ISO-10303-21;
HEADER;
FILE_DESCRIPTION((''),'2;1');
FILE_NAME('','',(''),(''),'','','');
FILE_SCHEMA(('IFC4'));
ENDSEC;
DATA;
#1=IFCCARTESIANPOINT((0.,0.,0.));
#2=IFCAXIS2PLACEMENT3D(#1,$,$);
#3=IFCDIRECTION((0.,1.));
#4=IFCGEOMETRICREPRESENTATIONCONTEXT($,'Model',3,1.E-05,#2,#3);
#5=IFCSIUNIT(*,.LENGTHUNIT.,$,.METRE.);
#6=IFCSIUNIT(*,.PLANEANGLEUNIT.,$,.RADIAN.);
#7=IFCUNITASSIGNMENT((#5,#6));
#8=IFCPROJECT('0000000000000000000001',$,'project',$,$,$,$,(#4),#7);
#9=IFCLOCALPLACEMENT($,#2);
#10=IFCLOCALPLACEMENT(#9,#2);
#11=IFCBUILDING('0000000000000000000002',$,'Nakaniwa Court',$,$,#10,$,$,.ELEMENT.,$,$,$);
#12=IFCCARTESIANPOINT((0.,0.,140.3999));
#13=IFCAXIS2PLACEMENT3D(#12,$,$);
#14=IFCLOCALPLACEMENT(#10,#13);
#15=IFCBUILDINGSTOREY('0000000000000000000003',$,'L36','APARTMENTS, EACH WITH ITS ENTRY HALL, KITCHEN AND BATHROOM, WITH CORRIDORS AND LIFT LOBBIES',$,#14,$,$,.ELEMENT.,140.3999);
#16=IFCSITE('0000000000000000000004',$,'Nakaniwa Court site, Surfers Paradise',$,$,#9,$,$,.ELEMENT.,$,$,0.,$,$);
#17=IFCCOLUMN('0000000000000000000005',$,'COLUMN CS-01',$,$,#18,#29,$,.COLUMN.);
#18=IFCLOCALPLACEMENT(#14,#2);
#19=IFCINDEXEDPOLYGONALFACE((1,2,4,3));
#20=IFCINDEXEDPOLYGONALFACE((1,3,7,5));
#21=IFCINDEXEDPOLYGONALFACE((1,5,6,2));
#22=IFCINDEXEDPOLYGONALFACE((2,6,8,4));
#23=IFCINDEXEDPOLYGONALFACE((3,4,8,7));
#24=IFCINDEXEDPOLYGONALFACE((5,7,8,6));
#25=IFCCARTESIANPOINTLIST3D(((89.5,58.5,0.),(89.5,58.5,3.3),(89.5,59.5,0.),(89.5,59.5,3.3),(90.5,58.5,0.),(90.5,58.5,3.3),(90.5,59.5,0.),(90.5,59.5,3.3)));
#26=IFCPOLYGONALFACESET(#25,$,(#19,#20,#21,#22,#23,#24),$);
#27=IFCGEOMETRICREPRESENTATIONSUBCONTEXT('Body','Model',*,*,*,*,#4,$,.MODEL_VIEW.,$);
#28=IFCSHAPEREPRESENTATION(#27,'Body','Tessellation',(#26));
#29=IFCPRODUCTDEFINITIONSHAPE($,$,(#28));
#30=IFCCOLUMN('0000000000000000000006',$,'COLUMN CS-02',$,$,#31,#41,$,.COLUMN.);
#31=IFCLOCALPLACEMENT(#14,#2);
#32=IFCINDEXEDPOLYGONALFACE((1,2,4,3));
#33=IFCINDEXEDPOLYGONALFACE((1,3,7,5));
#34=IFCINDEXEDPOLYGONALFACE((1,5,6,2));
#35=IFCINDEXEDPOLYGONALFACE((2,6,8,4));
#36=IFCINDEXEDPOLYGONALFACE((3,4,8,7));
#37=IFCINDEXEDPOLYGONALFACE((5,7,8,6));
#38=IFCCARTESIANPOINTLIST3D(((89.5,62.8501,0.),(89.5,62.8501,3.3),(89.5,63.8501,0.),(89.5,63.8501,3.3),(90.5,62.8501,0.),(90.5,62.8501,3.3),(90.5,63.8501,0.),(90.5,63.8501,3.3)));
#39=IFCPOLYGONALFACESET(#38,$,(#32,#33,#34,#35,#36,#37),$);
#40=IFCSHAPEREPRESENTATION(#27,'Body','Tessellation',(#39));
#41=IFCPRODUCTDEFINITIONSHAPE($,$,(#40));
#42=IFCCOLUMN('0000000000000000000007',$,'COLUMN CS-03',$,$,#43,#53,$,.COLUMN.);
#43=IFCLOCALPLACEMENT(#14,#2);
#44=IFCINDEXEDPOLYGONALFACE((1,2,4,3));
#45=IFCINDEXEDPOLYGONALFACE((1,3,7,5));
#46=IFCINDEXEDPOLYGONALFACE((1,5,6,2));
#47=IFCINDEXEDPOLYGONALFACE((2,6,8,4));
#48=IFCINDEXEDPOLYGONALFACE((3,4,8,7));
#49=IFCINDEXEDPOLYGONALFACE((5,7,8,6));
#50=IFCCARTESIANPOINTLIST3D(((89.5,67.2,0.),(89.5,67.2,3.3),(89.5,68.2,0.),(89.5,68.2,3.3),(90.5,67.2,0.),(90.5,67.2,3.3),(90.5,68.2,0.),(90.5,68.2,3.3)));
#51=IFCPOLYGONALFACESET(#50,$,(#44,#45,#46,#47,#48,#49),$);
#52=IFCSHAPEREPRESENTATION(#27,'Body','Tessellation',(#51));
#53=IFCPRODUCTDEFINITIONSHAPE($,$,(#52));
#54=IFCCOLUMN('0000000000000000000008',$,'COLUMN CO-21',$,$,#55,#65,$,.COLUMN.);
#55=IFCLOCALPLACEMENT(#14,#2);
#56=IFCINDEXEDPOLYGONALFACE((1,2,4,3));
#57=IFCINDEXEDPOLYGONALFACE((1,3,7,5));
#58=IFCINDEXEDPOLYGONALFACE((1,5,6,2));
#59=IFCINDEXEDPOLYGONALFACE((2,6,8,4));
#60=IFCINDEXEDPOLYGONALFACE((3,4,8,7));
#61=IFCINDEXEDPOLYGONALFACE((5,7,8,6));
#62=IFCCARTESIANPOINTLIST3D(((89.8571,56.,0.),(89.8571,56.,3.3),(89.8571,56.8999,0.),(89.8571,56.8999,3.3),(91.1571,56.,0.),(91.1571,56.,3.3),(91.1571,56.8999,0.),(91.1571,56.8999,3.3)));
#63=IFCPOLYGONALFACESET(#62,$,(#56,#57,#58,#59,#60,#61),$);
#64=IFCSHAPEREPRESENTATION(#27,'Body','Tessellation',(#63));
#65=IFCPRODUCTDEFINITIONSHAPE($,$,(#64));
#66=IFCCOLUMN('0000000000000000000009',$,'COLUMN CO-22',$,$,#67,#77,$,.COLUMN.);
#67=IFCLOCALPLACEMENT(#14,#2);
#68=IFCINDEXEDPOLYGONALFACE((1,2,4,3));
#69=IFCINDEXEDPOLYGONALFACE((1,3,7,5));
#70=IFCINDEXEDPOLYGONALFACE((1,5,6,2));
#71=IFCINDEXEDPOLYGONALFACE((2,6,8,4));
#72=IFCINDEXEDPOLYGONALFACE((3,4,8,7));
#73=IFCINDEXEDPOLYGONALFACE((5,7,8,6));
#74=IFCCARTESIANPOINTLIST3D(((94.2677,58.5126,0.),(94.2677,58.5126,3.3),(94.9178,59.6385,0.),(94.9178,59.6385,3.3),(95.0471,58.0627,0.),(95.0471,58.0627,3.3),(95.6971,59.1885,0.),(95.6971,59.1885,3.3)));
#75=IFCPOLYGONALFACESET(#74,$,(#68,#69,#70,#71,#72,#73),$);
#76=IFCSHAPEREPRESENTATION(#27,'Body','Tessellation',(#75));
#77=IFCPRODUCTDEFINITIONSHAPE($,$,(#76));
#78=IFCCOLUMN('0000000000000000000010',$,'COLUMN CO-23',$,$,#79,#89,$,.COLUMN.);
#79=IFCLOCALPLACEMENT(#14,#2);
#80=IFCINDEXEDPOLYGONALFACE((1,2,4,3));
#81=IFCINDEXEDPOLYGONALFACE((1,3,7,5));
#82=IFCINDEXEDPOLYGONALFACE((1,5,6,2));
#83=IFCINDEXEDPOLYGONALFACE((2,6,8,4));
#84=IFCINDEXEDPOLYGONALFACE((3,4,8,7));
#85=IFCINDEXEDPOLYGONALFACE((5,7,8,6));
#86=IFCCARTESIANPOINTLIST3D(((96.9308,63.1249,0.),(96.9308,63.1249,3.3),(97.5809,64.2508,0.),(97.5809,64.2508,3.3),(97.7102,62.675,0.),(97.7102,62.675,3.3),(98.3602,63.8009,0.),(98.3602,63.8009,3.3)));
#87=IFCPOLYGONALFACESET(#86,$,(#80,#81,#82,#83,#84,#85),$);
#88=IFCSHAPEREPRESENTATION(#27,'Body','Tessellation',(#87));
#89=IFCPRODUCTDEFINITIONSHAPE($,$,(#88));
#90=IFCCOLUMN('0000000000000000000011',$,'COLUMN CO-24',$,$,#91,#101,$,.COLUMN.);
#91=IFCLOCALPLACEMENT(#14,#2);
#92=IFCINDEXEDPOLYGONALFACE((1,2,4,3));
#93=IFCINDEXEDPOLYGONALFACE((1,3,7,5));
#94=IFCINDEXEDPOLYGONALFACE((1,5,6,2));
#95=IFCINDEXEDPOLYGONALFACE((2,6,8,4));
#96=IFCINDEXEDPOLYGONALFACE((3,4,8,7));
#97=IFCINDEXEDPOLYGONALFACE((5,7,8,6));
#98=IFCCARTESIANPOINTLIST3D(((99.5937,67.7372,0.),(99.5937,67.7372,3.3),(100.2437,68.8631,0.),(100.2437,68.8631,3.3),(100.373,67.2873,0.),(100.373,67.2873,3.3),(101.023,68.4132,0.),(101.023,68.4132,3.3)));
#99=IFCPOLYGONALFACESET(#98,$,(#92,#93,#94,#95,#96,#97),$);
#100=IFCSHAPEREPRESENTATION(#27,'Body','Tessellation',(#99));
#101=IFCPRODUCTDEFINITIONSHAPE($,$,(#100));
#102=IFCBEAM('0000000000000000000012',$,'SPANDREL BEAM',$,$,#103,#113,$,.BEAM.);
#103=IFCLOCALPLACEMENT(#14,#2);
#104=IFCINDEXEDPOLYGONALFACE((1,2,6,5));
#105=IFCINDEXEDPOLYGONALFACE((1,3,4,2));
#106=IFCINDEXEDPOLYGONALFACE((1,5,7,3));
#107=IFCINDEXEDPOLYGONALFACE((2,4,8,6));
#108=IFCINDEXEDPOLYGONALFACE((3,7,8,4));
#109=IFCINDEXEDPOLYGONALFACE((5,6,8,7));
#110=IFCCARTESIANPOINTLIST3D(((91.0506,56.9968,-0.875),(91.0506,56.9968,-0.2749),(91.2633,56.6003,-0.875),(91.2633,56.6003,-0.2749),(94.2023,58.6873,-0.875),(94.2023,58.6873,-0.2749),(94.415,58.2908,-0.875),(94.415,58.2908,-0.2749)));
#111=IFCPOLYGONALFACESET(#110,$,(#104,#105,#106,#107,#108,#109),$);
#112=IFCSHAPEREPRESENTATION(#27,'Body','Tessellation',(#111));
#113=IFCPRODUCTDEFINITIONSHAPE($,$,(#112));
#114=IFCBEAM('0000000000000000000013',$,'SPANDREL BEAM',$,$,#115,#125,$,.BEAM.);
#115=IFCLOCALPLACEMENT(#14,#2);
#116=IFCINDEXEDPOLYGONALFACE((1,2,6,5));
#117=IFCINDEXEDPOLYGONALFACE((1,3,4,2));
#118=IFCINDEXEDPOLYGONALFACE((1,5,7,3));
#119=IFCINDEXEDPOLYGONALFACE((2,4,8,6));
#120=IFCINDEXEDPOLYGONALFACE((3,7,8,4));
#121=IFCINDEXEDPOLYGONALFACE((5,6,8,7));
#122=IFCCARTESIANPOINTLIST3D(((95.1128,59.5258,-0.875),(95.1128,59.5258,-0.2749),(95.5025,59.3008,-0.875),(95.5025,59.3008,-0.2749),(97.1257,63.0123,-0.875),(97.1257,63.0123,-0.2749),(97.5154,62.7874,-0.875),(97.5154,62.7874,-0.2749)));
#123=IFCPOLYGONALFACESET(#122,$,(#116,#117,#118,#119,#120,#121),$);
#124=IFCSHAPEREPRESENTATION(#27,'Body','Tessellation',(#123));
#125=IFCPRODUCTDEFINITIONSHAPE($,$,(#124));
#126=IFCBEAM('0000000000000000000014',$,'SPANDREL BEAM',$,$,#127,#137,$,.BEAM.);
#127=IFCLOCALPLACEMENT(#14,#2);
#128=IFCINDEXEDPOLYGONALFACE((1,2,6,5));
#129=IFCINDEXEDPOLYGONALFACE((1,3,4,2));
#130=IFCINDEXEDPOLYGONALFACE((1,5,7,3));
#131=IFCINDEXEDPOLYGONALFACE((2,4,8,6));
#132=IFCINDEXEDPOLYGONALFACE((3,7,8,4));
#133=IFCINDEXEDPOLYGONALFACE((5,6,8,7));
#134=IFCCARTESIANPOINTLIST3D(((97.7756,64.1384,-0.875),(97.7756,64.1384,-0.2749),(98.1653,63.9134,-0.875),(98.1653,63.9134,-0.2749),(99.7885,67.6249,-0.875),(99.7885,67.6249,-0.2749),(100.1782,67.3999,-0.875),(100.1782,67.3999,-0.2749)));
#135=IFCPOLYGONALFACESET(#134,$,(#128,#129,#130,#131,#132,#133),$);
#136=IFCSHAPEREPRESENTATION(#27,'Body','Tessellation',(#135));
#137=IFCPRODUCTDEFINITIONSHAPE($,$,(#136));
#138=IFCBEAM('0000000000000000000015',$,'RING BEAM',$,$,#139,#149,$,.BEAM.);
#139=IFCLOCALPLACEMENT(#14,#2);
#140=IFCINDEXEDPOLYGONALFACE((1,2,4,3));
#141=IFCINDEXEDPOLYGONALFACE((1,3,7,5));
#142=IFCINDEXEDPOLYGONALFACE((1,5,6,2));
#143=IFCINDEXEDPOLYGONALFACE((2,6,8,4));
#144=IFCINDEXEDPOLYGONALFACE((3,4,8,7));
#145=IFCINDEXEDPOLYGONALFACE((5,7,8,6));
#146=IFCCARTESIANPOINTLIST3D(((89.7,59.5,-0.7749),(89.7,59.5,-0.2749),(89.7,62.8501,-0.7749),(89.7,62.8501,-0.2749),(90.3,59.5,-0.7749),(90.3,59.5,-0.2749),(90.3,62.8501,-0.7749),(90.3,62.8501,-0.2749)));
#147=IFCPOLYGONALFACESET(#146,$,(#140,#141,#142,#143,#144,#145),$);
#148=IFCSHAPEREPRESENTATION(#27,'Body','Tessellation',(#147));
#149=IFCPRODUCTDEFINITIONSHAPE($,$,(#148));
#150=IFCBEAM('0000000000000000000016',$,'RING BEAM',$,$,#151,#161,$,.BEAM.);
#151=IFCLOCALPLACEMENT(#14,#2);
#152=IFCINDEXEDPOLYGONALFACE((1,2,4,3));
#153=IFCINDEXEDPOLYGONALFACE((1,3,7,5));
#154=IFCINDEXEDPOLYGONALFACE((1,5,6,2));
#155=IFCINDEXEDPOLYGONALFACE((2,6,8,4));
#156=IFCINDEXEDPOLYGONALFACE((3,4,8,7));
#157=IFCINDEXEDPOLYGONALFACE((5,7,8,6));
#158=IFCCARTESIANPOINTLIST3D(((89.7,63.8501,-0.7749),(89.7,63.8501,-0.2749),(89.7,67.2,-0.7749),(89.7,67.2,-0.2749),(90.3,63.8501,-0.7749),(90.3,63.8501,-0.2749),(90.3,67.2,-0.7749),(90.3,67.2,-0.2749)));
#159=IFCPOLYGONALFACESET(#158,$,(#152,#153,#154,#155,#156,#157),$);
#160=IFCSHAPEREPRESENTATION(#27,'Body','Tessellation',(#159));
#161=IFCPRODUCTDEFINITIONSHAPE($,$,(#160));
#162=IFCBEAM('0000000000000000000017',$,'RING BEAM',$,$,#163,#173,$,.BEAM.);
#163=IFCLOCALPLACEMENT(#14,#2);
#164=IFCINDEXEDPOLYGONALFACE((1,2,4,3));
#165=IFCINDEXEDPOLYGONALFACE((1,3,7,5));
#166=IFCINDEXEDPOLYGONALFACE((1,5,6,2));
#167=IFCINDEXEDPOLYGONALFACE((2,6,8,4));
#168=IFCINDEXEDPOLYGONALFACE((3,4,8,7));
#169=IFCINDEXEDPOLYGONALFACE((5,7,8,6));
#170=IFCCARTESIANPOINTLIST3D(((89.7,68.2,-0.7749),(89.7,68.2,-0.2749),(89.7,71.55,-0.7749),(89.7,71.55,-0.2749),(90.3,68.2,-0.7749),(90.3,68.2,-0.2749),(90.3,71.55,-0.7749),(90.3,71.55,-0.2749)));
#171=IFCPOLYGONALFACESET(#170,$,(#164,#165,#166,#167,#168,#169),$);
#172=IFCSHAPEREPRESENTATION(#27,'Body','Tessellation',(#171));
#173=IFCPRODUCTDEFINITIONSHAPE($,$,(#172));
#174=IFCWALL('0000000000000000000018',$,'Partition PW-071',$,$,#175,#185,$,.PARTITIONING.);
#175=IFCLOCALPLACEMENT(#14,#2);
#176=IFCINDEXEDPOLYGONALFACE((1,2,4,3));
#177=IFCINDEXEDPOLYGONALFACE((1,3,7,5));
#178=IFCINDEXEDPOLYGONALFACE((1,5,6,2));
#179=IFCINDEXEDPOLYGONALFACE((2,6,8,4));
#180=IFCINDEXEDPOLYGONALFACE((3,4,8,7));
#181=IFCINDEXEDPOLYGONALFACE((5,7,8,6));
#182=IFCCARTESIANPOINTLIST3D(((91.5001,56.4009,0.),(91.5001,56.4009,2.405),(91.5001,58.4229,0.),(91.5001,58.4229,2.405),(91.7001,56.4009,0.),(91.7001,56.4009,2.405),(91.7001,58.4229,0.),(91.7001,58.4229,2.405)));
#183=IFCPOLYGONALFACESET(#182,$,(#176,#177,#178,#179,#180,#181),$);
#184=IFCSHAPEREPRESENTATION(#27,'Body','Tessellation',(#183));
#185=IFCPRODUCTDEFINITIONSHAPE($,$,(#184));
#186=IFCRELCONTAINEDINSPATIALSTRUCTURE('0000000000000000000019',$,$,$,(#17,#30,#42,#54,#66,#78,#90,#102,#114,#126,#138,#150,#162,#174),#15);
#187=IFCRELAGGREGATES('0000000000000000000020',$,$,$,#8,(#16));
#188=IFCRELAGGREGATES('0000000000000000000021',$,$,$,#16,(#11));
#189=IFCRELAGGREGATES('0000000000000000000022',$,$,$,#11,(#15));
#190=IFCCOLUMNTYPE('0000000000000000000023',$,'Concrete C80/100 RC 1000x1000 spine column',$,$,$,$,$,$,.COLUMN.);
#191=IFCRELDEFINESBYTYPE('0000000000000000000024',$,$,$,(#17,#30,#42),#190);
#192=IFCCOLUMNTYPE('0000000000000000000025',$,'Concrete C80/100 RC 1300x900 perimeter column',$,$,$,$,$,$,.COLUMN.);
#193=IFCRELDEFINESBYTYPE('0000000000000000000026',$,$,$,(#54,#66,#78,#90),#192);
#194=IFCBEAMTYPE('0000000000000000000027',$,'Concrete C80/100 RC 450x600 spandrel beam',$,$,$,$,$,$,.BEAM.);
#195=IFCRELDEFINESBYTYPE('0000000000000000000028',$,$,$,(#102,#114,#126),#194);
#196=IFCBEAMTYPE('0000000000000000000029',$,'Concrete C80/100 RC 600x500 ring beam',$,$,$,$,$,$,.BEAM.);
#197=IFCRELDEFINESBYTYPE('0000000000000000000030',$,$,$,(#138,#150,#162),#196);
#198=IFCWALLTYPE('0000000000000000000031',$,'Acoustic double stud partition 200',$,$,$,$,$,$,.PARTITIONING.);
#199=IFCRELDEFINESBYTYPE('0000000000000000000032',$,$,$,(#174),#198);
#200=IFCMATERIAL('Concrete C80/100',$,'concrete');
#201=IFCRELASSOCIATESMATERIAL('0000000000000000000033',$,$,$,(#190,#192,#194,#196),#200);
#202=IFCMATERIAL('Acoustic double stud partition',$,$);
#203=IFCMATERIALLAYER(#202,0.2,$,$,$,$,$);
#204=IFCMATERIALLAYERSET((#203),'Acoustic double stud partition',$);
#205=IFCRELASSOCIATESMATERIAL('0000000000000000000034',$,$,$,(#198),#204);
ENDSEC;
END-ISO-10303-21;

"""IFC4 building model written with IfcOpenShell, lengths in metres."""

from ifc_helpers import new_model, si_unit, direction, frame, frame_2d, origin, origin_2d, place, context, subcontext, project, spatial, rectangle, extrude, material, layer, layer_set, material_profile, profile_set, type_object, element, save


model = new_model("IFC4")

# Units and contexts
model_context = context("Model", 3, precision=1e-05, world=origin(), true_north=direction((0.0, 1.0)))
body_context = subcontext(model_context, "Body", "Model", "MODEL_VIEW")
ifc_project = project(units=[si_unit("LENGTHUNIT", "METRE"), si_unit("PLANEANGLEUNIT", "RADIAN")], contexts=[model_context])

# Site, building, storey
site_placement = place(None, origin())
site = spatial("IfcSite", under=ifc_project, at=site_placement, Name="Nakaniwa Court site, Surfers Paradise", CompositionType="ELEMENT", RefElevation=0.0)
building_placement = place(site_placement, origin())
building = spatial("IfcBuilding", under=site, at=building_placement, Name="Nakaniwa Court", CompositionType="ELEMENT")
storey_placement = place(building_placement, frame((0.0, 0.0, 140.3999)))
storey = spatial("IfcBuildingStorey", under=building, at=storey_placement, Name="L36", Description="APARTMENTS, EACH WITH ITS ENTRY HALL, KITCHEN AND BATHROOM, WITH CORRIDORS AND LIFT LOBBIES", CompositionType="ELEMENT", Elevation=140.3999)

# Columns
ifc_material_1 = material(Name="Concrete C80/100", Category="concrete")
ifc_material_profile_1 = material_profile(ifc_material_1, rectangle(XDim=1.0, YDim=1.0, at=origin_2d()), Name="Concrete C80/100 RC 1000x1000 spine column")
ifc_profile_set_1 = profile_set([ifc_material_profile_1], Name="Concrete C80/100")
column_type_1 = type_object("IfcColumnType", Name="Concrete C80/100 RC 1000x1000 spine column", PredefinedType="COLUMN", material=ifc_profile_set_1)
for number, where, z_axis, x_axis, name in (
    (1, (90.0, 59.0, 0.0), (0.0, 0.0, 1.0), (0.0, 1.0, 0.0), "COLUMN CS-01"),
    (2, (90.0, 63.3501, 0.0), (0.0, 0.0, 1.0), (0.0, 1.0, 0.0), "COLUMN CS-02"),
    (3, (90.0, 67.7, 0.0), (0.0, 0.0, 1.0), (0.0, 1.0, 0.0), "COLUMN CS-03"),
):
    element("IfcColumn", number, at=place(storey_placement, frame(where, z_axis=z_axis, x_axis=x_axis)), inside=storey, type_object=column_type_1, Name=name, PredefinedType="COLUMN", context=body_context, shape_type="SweptSolid", body=[
        extrude(rectangle(XDim=1.0, YDim=1.0, at=origin_2d()), origin(), (0.0, 0.0, 1.0), 3.3),
    ])
ifc_material_profile_2 = material_profile(ifc_material_1, rectangle(XDim=1.3, YDim=0.8999, at=origin_2d()), Name="Concrete C80/100 RC 1300x900 perimeter column")
ifc_profile_set_2 = profile_set([ifc_material_profile_2], Name="Concrete C80/100")
column_type_2 = type_object("IfcColumnType", Name="Concrete C80/100 RC 1300x900 perimeter column", PredefinedType="COLUMN", material=ifc_profile_set_2)
for number, where, z_axis, x_axis, name in (
    (4, (90.5071, 56.45, 0.0), (0.0, 0.0, 1.0), (1.0, 0.0, 0.0), "COLUMN CO-21"),
    (5, (94.9824, 58.8506, 0.0), (0.0, 0.0, 1.0), (0.5, 0.866025, 0.0), "COLUMN CO-22"),
    (6, (97.6455, 63.4629, 0.0), (0.0, 0.0, 1.0), (0.5, 0.866025, 0.0), "COLUMN CO-23"),
    (7, (100.3083, 68.0752, 0.0), (0.0, 0.0, 1.0), (0.5, 0.866025, 0.0), "COLUMN CO-24"),
):
    element("IfcColumn", number, at=place(storey_placement, frame(where, z_axis=z_axis, x_axis=x_axis)), inside=storey, type_object=column_type_2, Name=name, PredefinedType="COLUMN", context=body_context, shape_type="SweptSolid", body=[
        extrude(rectangle(XDim=1.3, YDim=0.8999, at=origin_2d()), origin(), (0.0, 0.0, 1.0), 3.3),
    ])

# Beams
ifc_material_profile_3 = material_profile(ifc_material_1, rectangle(XDim=0.45, YDim=0.6001, at=origin_2d()), Name="Concrete C80/100 RC 450x600 spandrel beam")
ifc_profile_set_3 = profile_set([ifc_material_profile_3], Name="Concrete C80/100")
beam_type_1 = type_object("IfcBeamType", Name="Concrete C80/100 RC 450x600 spandrel beam", PredefinedType="BEAM", material=ifc_profile_set_3)
beam_1_placement = place(storey_placement, frame((91.157, 56.7986, -0.575), z_axis=(0.881239, 0.47267, 0.0), x_axis=(-0.47267, 0.881239, 0.0)))
element("IfcBeam", 8, at=beam_1_placement, inside=storey, type_object=beam_type_1, Name="SPANDREL BEAM", PredefinedType="BEAM", context=body_context, shape_type="SweptSolid", body=[
    extrude(rectangle(XDim=0.45, YDim=0.6001, at=origin_2d()), origin(), (0.0, 0.0, 1.0), 3.5764),
])
for number, where, z_axis, x_axis, name in (
    (9, (95.3076, 59.4133, -0.575), (0.499994, 0.866029, 0.0), (-0.866029, 0.499994, 0.0), "SPANDREL BEAM"),
    (10, (97.9705, 64.0259, -0.575), (0.499994, 0.866029, 0.0), (-0.866029, 0.499994, 0.0), "SPANDREL BEAM"),
):
    element("IfcBeam", number, at=place(storey_placement, frame(where, z_axis=z_axis, x_axis=x_axis)), inside=storey, type_object=beam_type_1, Name=name, PredefinedType="BEAM", context=body_context, shape_type="SweptSolid", body=[
        extrude(rectangle(XDim=0.45, YDim=0.6001, at=origin_2d()), origin(), (0.0, 0.0, 1.0), 4.0259),
    ])
ifc_material_profile_4 = material_profile(ifc_material_1, rectangle(XDim=0.6001, YDim=0.5, at=origin_2d()), Name="Concrete C80/100 RC 600x500 ring beam")
ifc_profile_set_4 = profile_set([ifc_material_profile_4], Name="Concrete C80/100")
beam_type_2 = type_object("IfcBeamType", Name="Concrete C80/100 RC 600x500 ring beam", PredefinedType="BEAM", material=ifc_profile_set_4)
beam_2_placement = place(storey_placement, frame((90.0, 59.5, -0.5249), z_axis=(0.0, 1.0, 0.0), x_axis=(-1.0, 0.0, 0.0)))
element("IfcBeam", 11, at=beam_2_placement, inside=storey, type_object=beam_type_2, Name="RING BEAM", PredefinedType="BEAM", context=body_context, shape_type="SweptSolid", body=[
    extrude(rectangle(XDim=0.6001, YDim=0.5, at=origin_2d()), origin(), (0.0, 0.0, 1.0), 3.3501),
])
beam_3_placement = place(storey_placement, frame((90.0, 63.8501, -0.5249), z_axis=(0.0, 1.0, 0.0), x_axis=(-1.0, 0.0, 0.0)))
element("IfcBeam", 12, at=beam_3_placement, inside=storey, type_object=beam_type_2, Name="RING BEAM", PredefinedType="BEAM", context=body_context, shape_type="SweptSolid", body=[
    extrude(rectangle(XDim=0.6001, YDim=0.5, at=origin_2d()), origin(), (0.0, 0.0, 1.0), 3.3499),
])
beam_4_placement = place(storey_placement, frame((90.0, 68.2, -0.5249), z_axis=(0.0, 1.0, 0.0), x_axis=(-1.0, 0.0, 0.0)))
element("IfcBeam", 13, at=beam_4_placement, inside=storey, type_object=beam_type_2, Name="RING BEAM", PredefinedType="BEAM", context=body_context, shape_type="SweptSolid", body=[
    extrude(rectangle(XDim=0.6001, YDim=0.5, at=origin_2d()), origin(), (0.0, 0.0, 1.0), 3.3501),
])

# Wall
ifc_material_2 = material(Name="Acoustic double stud partition")
ifc_layer_1 = layer(ifc_material_2, 0.2)
ifc_layer_set_1 = layer_set([ifc_layer_1], Name="Acoustic double stud partition")
wall_type_1 = type_object("IfcWallType", Name="Acoustic double stud partition 200", PredefinedType="PARTITIONING", material=ifc_layer_set_1)
wall_1_placement = place(storey_placement, frame((91.6001, 56.4009, 0.0), z_axis=(0.0, 0.0, 1.0), x_axis=(0.0, 1.0, 0.0)))
element("IfcWall", 14, at=wall_1_placement, inside=storey, type_object=wall_type_1, Name="Partition PW-071", PredefinedType="PARTITIONING", context=body_context, shape_type="SweptSolid", body=[
    extrude(rectangle(XDim=2.022, YDim=0.2, at=frame_2d((1.011, 0.0))), origin(), (0.0, 0.0, 1.0), 2.405),
])

save(model, "model.ifc")
